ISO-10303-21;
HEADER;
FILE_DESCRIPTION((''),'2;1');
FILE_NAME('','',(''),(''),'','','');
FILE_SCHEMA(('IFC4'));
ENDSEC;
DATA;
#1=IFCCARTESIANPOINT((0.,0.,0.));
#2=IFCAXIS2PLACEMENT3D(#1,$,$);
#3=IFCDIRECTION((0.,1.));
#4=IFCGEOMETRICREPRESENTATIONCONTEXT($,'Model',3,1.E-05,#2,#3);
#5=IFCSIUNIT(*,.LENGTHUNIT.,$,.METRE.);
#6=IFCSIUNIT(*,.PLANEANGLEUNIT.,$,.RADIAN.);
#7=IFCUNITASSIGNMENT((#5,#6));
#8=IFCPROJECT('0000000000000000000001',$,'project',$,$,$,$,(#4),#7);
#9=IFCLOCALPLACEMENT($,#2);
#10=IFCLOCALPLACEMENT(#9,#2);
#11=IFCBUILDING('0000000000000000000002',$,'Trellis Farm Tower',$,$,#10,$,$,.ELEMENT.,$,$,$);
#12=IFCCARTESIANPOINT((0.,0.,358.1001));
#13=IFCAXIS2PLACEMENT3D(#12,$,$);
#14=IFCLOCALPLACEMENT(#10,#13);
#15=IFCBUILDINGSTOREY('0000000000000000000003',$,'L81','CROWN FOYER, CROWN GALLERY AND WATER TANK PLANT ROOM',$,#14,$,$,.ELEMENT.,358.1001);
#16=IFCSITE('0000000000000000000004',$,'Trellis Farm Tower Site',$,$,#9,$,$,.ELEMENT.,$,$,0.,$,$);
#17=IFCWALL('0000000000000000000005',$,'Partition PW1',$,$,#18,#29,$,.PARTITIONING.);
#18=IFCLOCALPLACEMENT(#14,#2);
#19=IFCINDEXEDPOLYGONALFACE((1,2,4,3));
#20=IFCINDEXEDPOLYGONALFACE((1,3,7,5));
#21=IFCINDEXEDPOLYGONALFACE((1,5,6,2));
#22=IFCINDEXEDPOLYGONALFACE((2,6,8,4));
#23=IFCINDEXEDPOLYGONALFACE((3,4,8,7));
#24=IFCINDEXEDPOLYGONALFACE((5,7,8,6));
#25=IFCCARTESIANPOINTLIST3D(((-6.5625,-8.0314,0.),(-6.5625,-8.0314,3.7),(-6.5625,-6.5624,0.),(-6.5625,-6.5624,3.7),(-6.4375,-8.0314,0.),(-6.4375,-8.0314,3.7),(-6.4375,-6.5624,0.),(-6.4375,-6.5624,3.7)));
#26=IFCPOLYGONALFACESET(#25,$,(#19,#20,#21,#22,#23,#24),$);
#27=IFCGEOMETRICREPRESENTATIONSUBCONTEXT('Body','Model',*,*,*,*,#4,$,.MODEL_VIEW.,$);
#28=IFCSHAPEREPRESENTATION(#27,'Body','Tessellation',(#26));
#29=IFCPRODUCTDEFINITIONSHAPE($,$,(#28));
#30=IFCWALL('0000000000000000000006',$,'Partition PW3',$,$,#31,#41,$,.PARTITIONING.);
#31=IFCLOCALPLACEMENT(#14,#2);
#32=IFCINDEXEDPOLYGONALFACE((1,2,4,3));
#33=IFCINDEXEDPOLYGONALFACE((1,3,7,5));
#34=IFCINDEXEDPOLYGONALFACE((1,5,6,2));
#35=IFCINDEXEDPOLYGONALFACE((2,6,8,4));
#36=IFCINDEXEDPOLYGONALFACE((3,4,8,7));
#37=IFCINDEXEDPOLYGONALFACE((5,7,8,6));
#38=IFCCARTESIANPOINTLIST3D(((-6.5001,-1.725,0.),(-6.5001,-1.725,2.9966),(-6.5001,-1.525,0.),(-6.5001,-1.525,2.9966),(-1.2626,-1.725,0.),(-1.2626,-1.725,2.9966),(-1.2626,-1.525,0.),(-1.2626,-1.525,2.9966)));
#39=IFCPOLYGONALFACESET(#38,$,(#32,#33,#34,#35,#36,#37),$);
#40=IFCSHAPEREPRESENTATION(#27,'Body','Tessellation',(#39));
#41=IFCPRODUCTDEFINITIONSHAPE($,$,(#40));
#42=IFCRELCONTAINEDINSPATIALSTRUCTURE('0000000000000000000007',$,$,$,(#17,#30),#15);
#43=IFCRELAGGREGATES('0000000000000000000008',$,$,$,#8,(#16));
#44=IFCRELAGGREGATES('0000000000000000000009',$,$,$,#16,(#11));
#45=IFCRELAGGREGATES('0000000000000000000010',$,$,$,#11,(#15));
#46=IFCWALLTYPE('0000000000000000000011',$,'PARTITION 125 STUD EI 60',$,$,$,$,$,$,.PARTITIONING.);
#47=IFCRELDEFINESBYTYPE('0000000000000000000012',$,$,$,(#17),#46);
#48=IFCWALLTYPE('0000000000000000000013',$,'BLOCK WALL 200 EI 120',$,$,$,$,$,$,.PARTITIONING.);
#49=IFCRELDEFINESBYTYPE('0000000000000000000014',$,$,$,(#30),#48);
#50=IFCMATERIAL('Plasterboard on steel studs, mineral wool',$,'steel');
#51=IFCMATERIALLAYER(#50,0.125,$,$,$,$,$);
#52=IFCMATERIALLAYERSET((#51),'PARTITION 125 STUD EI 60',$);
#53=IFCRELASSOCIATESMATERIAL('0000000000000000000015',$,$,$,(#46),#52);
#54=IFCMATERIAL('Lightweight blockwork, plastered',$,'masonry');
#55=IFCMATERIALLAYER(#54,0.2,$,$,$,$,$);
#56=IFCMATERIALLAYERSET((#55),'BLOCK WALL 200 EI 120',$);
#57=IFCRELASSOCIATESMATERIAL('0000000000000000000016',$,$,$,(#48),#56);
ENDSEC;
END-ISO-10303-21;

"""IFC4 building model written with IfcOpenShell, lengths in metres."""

from ifc_helpers import new_model, si_unit, direction, frame, frame_2d, origin, place, context, subcontext, project, spatial, rectangle, extrude, source, transform, mapped, material, layer, layer_set, type_object, element, save


model = new_model("IFC4")

# Units and contexts
model_context = context("Model", 3, precision=1e-05, world=origin(), true_north=direction((0.0, 1.0)))
body_context = subcontext(model_context, "Body", "Model", "MODEL_VIEW")
ifc_project = project(units=[si_unit("LENGTHUNIT", "METRE"), si_unit("PLANEANGLEUNIT", "RADIAN")], contexts=[model_context])

# Site, building, storey
site_placement = place(None, origin())
site = spatial("IfcSite", under=ifc_project, at=site_placement, Name="Trellis Farm Tower Site", CompositionType="ELEMENT", RefElevation=0.0)
building_placement = place(site_placement, origin())
building = spatial("IfcBuilding", under=site, at=building_placement, Name="Trellis Farm Tower", CompositionType="ELEMENT")
storey_placement = place(building_placement, frame((0.0, 0.0, 358.1001)))
storey = spatial("IfcBuildingStorey", under=building, at=storey_placement, Name="L81", Description="CROWN FOYER, CROWN GALLERY AND WATER TANK PLANT ROOM", CompositionType="ELEMENT", Elevation=358.1001)

# Walls
ifc_material_1 = material(Name="Plasterboard on steel studs, mineral wool", Category="steel")
ifc_layer_1 = layer(ifc_material_1, 0.125)
ifc_layer_set_1 = layer_set([ifc_layer_1], Name="PARTITION 125 STUD EI 60")
wall_type_1 = type_object("IfcWallType", Name="PARTITION 125 STUD EI 60", PredefinedType="PARTITIONING", material=ifc_layer_set_1)
shared_shape_1 = source(origin(), body_context, "Body", "SweptSolid", [
    extrude(rectangle(XDim=1.469, YDim=0.125, at=frame_2d((0.7344, 0.0))), origin(), (0.0, 0.0, 1.0), 3.7),
])
wall_1_placement = place(storey_placement, frame((-6.5, -6.5625, 0.0), z_axis=(0.0, 0.0, 1.0), x_axis=(0.0, -1.0, 0.0)))
element("IfcWall", 1, at=wall_1_placement, inside=storey, type_object=wall_type_1, Name="Partition PW1", PredefinedType="PARTITIONING", context=body_context, shape_type="MappedRepresentation", body=[
    mapped(shared_shape_1, transform((0.0, 0.0, 0.0))),
])
ifc_material_2 = material(Name="Lightweight blockwork, plastered", Category="masonry")
ifc_layer_2 = layer(ifc_material_2, 0.2)
ifc_layer_set_2 = layer_set([ifc_layer_2], Name="BLOCK WALL 200 EI 120")
wall_type_2 = type_object("IfcWallType", Name="BLOCK WALL 200 EI 120", PredefinedType="PARTITIONING", material=ifc_layer_set_2)
shared_shape_2 = source(origin(), body_context, "Body", "SweptSolid", [
    extrude(rectangle(XDim=5.2375, YDim=0.2, at=frame_2d((2.6187, 0.0))), origin(), (0.0, 0.0, 1.0), 2.9966),
])
wall_2_placement = place(storey_placement, frame((-6.5, -1.625, 0.0), z_axis=(0.0, 0.0, 1.0), x_axis=(1.0, 0.0, 0.0)))
element("IfcWall", 2, at=wall_2_placement, inside=storey, type_object=wall_type_2, Name="Partition PW3", PredefinedType="PARTITIONING", context=body_context, shape_type="MappedRepresentation", body=[
    mapped(shared_shape_2, transform((0.0, 0.0, 0.0))),
])

save(model, "model.ifc")
